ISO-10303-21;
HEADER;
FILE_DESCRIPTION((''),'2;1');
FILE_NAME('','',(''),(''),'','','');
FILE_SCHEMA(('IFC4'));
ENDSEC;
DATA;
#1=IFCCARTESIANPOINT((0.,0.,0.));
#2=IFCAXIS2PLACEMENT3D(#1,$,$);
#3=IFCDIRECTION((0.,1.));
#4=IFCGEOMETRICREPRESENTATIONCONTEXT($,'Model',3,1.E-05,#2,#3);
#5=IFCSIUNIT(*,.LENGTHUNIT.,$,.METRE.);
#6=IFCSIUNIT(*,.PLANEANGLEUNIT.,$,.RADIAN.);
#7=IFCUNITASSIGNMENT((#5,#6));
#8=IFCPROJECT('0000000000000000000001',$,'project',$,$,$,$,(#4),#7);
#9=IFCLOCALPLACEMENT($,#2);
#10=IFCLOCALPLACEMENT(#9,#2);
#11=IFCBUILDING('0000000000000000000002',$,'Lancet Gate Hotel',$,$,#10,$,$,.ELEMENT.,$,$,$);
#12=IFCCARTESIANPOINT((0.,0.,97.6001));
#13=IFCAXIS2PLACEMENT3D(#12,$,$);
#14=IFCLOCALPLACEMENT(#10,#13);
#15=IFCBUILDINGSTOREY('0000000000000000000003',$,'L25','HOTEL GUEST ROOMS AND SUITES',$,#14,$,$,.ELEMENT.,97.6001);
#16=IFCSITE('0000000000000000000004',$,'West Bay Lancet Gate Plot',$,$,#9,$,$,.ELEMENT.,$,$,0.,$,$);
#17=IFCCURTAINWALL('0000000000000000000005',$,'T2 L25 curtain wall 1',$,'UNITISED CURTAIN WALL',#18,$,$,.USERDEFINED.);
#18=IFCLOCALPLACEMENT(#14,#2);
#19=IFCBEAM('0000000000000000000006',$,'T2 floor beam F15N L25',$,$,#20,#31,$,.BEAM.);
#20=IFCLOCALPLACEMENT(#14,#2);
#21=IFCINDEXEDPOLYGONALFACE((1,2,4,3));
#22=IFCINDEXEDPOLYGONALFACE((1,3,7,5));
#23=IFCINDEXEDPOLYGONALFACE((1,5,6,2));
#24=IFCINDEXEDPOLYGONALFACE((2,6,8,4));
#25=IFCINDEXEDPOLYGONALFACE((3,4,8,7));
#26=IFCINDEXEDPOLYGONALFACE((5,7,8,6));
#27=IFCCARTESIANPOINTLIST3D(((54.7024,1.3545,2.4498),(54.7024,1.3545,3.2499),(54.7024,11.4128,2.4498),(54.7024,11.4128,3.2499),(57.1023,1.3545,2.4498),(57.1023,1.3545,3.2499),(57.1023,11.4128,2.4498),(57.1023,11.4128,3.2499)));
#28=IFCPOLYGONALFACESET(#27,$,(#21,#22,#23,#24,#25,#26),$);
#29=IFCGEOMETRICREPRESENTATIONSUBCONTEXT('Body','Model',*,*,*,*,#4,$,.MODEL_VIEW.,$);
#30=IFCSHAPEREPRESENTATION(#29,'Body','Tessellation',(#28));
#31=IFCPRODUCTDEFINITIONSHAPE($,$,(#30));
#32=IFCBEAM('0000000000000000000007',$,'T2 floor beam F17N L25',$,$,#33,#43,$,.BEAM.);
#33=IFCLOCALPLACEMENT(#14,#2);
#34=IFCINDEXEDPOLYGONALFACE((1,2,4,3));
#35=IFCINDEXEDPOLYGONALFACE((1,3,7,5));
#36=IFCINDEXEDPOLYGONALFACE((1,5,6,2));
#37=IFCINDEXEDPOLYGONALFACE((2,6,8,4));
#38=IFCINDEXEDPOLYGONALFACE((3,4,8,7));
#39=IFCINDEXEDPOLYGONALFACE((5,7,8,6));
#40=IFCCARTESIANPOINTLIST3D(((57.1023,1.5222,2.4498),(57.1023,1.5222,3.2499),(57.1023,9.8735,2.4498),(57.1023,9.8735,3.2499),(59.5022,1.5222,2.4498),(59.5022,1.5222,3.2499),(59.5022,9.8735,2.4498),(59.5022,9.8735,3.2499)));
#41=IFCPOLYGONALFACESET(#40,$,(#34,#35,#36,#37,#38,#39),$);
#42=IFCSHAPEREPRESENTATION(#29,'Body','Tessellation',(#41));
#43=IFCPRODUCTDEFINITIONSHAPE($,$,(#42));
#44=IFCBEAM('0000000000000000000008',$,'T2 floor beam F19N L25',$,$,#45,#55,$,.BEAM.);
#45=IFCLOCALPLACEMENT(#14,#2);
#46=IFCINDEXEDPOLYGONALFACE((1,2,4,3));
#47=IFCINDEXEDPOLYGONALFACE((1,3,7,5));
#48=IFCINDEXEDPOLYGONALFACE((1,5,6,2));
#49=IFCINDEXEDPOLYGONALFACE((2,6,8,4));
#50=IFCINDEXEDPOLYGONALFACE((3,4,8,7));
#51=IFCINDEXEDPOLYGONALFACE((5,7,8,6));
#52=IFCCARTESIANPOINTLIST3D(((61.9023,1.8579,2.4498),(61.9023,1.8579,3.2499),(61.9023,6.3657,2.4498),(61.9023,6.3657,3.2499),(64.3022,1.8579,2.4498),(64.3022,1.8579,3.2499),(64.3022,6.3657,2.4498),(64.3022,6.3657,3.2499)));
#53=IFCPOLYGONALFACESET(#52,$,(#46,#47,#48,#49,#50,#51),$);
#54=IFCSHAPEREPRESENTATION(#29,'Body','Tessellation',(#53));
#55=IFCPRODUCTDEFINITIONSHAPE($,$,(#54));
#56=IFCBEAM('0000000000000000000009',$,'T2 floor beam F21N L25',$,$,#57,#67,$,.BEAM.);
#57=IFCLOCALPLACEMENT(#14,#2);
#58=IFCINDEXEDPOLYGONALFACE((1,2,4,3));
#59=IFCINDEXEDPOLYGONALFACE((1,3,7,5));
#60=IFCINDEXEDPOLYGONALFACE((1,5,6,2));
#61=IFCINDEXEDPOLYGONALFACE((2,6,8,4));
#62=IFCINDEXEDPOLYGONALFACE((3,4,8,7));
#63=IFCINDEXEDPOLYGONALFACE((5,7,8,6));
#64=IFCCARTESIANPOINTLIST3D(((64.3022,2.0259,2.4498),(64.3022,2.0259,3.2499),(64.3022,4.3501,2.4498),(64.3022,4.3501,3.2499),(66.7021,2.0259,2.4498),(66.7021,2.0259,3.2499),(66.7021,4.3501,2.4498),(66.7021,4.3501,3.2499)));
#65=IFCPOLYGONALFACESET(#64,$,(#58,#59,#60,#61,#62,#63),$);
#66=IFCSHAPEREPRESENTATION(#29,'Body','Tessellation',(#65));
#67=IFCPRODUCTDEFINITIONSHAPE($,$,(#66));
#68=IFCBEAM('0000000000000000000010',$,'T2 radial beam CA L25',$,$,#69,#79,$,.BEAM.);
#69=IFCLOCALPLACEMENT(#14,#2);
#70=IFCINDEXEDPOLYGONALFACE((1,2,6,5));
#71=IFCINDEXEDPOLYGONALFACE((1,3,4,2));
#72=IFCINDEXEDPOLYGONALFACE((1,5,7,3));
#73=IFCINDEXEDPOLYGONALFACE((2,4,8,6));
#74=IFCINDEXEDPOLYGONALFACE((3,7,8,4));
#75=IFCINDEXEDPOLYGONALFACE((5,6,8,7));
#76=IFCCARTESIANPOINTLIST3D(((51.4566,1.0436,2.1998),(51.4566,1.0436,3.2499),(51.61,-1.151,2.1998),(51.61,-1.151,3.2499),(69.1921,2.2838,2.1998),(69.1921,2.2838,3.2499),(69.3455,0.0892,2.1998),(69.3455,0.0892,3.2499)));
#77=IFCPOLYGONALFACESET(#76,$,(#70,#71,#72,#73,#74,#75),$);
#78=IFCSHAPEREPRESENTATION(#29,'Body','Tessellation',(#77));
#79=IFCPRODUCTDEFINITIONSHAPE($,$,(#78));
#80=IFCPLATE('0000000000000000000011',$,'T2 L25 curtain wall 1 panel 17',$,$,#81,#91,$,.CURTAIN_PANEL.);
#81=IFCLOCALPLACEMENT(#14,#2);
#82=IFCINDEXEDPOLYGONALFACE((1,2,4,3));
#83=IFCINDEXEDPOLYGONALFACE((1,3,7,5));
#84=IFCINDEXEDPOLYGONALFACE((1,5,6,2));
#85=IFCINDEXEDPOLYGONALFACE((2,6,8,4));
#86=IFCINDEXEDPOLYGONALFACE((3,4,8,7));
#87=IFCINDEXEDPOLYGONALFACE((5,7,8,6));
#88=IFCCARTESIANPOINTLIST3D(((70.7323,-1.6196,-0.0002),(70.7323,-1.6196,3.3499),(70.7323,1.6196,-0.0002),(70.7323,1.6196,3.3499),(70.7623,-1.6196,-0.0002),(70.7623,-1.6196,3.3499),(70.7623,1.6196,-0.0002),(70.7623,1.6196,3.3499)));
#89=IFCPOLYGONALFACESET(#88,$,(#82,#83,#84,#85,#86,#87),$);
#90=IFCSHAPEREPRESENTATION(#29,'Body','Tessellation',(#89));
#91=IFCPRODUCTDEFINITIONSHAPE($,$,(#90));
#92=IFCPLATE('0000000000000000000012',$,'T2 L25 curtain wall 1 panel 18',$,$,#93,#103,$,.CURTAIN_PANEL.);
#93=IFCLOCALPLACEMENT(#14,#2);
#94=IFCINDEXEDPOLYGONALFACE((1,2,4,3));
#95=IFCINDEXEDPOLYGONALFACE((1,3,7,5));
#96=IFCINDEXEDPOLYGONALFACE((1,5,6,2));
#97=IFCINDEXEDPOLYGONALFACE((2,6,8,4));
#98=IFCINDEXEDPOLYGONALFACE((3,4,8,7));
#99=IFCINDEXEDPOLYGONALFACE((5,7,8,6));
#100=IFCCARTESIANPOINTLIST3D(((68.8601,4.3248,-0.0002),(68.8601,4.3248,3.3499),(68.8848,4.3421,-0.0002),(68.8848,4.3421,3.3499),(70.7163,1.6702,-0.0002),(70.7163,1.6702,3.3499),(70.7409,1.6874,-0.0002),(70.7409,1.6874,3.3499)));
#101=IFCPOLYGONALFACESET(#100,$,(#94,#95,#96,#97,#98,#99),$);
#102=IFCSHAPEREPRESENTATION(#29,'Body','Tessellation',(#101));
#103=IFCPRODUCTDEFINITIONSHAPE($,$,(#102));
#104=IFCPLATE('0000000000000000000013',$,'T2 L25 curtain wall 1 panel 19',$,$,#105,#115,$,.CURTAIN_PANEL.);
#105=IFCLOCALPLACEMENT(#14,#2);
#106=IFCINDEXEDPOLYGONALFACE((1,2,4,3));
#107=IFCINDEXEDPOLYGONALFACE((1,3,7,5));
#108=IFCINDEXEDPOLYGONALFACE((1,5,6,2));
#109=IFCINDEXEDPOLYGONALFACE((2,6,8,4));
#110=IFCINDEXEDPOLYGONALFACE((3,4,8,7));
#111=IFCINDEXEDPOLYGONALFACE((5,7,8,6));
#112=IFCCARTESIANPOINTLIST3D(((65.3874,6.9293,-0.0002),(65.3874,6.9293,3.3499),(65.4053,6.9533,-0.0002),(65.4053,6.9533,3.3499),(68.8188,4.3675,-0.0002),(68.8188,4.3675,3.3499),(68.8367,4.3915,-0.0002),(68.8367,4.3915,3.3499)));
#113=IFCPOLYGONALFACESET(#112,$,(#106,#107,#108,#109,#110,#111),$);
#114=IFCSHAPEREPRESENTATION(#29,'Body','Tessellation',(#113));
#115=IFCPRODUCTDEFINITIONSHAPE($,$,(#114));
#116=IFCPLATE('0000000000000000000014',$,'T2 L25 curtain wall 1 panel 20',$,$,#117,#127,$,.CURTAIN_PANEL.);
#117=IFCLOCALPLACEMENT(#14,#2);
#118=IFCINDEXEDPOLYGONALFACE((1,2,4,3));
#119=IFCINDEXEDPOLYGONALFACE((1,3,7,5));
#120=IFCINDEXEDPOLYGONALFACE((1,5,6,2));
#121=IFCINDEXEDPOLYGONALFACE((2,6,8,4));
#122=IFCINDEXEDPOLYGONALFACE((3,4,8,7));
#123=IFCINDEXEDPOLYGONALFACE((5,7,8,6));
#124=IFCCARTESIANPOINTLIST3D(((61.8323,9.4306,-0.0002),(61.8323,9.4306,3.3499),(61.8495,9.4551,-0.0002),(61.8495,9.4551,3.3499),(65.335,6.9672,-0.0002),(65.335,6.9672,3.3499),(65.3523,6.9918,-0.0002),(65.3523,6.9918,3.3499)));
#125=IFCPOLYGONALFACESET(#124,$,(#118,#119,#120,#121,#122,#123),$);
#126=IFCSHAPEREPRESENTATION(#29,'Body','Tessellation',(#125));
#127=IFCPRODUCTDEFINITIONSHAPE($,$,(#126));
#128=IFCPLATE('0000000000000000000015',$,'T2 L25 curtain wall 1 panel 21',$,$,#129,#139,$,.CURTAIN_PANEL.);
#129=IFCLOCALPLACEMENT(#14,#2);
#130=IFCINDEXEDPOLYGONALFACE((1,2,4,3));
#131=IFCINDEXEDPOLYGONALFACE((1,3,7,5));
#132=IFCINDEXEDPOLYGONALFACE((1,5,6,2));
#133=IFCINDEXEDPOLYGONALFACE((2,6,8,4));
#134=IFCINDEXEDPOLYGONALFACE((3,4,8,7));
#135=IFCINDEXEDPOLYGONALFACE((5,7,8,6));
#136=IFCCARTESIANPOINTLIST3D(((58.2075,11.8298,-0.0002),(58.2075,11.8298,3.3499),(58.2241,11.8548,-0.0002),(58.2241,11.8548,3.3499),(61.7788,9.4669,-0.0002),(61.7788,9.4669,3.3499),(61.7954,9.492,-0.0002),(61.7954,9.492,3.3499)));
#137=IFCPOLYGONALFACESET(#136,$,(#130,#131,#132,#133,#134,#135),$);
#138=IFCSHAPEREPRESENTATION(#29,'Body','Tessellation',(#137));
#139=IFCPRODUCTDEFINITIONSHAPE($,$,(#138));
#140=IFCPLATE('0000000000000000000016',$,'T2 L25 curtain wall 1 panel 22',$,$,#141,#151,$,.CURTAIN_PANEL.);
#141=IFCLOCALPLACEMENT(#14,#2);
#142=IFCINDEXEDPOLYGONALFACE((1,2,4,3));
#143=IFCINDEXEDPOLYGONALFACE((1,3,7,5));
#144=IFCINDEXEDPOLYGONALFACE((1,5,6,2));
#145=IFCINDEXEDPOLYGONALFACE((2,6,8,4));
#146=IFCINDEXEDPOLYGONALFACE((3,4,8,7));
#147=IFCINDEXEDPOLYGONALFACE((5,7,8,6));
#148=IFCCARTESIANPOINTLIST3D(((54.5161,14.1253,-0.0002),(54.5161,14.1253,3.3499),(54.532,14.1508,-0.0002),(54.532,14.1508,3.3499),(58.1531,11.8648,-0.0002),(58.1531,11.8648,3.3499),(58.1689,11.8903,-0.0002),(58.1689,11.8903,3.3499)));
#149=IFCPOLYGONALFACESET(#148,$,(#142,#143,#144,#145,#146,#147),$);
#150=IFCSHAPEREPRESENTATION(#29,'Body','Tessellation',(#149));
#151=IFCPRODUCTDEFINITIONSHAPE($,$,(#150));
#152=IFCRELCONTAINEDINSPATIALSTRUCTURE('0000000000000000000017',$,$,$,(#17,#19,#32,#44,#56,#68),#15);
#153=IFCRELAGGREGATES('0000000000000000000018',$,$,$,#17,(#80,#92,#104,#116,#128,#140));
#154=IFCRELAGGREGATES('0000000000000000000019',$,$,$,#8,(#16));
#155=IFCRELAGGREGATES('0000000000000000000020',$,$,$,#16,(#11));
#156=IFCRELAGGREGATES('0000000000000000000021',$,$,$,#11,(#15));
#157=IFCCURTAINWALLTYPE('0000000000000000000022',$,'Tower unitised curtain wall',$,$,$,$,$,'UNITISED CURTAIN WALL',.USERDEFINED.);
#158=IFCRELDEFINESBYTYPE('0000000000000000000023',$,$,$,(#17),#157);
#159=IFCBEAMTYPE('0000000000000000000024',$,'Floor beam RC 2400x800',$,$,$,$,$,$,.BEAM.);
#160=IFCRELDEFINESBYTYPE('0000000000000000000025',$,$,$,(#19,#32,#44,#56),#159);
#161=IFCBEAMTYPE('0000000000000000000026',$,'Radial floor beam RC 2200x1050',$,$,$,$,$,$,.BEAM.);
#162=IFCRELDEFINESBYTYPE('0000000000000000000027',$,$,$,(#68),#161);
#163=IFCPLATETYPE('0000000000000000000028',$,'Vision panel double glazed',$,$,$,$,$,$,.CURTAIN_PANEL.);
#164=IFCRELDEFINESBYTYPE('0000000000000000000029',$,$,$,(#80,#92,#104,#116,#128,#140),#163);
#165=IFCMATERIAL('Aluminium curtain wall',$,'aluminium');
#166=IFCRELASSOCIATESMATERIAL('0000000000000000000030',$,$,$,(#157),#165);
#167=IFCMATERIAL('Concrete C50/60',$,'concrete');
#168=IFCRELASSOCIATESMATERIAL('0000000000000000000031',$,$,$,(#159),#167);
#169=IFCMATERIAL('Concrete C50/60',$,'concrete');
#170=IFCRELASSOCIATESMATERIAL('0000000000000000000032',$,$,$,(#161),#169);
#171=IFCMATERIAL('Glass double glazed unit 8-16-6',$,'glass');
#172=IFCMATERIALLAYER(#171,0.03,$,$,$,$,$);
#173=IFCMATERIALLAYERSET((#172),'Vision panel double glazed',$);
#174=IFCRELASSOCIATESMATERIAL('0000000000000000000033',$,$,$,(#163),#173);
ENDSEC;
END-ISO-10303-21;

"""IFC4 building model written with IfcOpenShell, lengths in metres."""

from ifc_helpers import new_model, si_unit, direction, frame, origin, origin_2d, place, context, subcontext, project, spatial, rectangle, extrude, material, layer, layer_set, material_profile, profile_set, type_object, element, aggregate, save


model = new_model("IFC4")

# Units and contexts
model_context = context("Model", 3, precision=1e-05, world=origin(), true_north=direction((0.0, 1.0)))
body_context = subcontext(model_context, "Body", "Model", "MODEL_VIEW")
ifc_project = project(units=[si_unit("LENGTHUNIT", "METRE"), si_unit("PLANEANGLEUNIT", "RADIAN")], contexts=[model_context])

# Site, building, storey
site_placement = place(None, origin())
site = spatial("IfcSite", under=ifc_project, at=site_placement, Name="West Bay Lancet Gate Plot", CompositionType="ELEMENT", RefElevation=0.0)
building_placement = place(site_placement, origin())
building = spatial("IfcBuilding", under=site, at=building_placement, Name="Lancet Gate Hotel", CompositionType="ELEMENT")
storey_placement = place(building_placement, frame((0.0, 0.0, 97.6001)))
storey = spatial("IfcBuildingStorey", under=building, at=storey_placement, Name="L25", Description="HOTEL GUEST ROOMS AND SUITES", CompositionType="ELEMENT", Elevation=97.6001)

# Curtain wall
ifc_material_1 = material(Name="Aluminium curtain wall", Category="aluminium")
curtain_wall_type = type_object("IfcCurtainWallType", Name="Tower unitised curtain wall", ElementType="UNITISED CURTAIN WALL", PredefinedType="USERDEFINED", material=ifc_material_1)
curtain_wall_placement = place(storey_placement, origin())
curtain_wall = element("IfcCurtainWall", 1, at=curtain_wall_placement, inside=storey, type_object=curtain_wall_type, Name="T2 L25 curtain wall 1", ObjectType="UNITISED CURTAIN WALL", PredefinedType="USERDEFINED")

# Beams
ifc_material_2 = material(Name="Concrete C50/60", Category="concrete")
ifc_material_profile_1 = material_profile(ifc_material_2, rectangle(XDim=2.3999, YDim=0.8, at=origin_2d()), Name="RC 2400x800")
ifc_profile_set_1 = profile_set([ifc_material_profile_1], Name="Concrete C50/60")
beam_type_1 = type_object("IfcBeamType", Name="Floor beam RC 2400x800", PredefinedType="BEAM", material=ifc_profile_set_1)
beam_1_placement = place(storey_placement, frame((55.9023, 1.3545, 2.8499), z_axis=(0.0, 1.0, 0.0), x_axis=(-1.0, 0.0, 0.0)))
element("IfcBeam", 2, at=beam_1_placement, inside=storey, type_object=beam_type_1, Name="T2 floor beam F15N L25", PredefinedType="BEAM", context=body_context, shape_type="SweptSolid", body=[
    extrude(rectangle(XDim=2.3999, YDim=0.8, at=origin_2d()), origin(), (0.0, 0.0, 1.0), 10.0583),
])
beam_2_placement = place(storey_placement, frame((58.3022, 1.5222, 2.8499), z_axis=(0.0, 1.0, 0.0), x_axis=(-1.0, 0.0, 0.0)))
element("IfcBeam", 3, at=beam_2_placement, inside=storey, type_object=beam_type_1, Name="T2 floor beam F17N L25", PredefinedType="BEAM", context=body_context, shape_type="SweptSolid", body=[
    extrude(rectangle(XDim=2.3999, YDim=0.8, at=origin_2d()), origin(), (0.0, 0.0, 1.0), 8.3513),
])
beam_3_placement = place(storey_placement, frame((63.1023, 1.8579, 2.8499), z_axis=(0.0, 1.0, 0.0), x_axis=(-1.0, 0.0, 0.0)))
element("IfcBeam", 4, at=beam_3_placement, inside=storey, type_object=beam_type_1, Name="T2 floor beam F19N L25", PredefinedType="BEAM", context=body_context, shape_type="SweptSolid", body=[
    extrude(rectangle(XDim=2.3999, YDim=0.8, at=origin_2d()), origin(), (0.0, 0.0, 1.0), 4.5078),
])
beam_4_placement = place(storey_placement, frame((65.5022, 2.0259, 2.8499), z_axis=(0.0, 1.0, 0.0), x_axis=(-1.0, 0.0, 0.0)))
element("IfcBeam", 5, at=beam_4_placement, inside=storey, type_object=beam_type_1, Name="T2 floor beam F21N L25", PredefinedType="BEAM", context=body_context, shape_type="SweptSolid", body=[
    extrude(rectangle(XDim=2.3999, YDim=0.8, at=origin_2d()), origin(), (0.0, 0.0, 1.0), 2.3242),
])
ifc_material_3 = material(Name="Concrete C50/60", Category="concrete")
ifc_material_profile_2 = material_profile(ifc_material_3, rectangle(XDim=2.2, YDim=1.05, at=origin_2d()), Name="RC 2200x1050")
ifc_profile_set_2 = profile_set([ifc_material_profile_2], Name="Concrete C50/60")
beam_type_2 = type_object("IfcBeamType", Name="Radial floor beam RC 2200x1050", PredefinedType="BEAM", material=ifc_profile_set_2)
beam_5_placement = place(storey_placement, frame((69.2688, 1.1865, 2.7249), z_axis=(-0.997564, -0.069759, 0.0), x_axis=(0.069759, -0.997564, 0.0)))
element("IfcBeam", 6, at=beam_5_placement, inside=storey, type_object=beam_type_2, Name="T2 radial beam CA L25", PredefinedType="BEAM", context=body_context, shape_type="SweptSolid", body=[
    extrude(rectangle(XDim=2.2, YDim=1.05, at=origin_2d()), origin(), (0.0, 0.0, 1.0), 17.7788),
])

# Plates
ifc_material_4 = material(Name="Glass double glazed unit 8-16-6", Category="glass")
ifc_layer = layer(ifc_material_4, 0.03)
ifc_layer_set = layer_set([ifc_layer], Name="Vision panel double glazed")
plate_type = type_object("IfcPlateType", Name="Vision panel double glazed", PredefinedType="CURTAIN_PANEL", material=ifc_layer_set)
plate_1_placement = place(storey_placement, frame((70.7473, 0.0, -0.0002), z_axis=(0.0, 0.0, 1.0), x_axis=(0.0, 1.0, 0.0)))
plate_1 = element("IfcPlate", 7, at=plate_1_placement, type_object=plate_type, Name="T2 L25 curtain wall 1 panel 17", PredefinedType="CURTAIN_PANEL", context=body_context, shape_type="SweptSolid", body=[
    extrude(rectangle(XDim=3.2393, YDim=0.03, at=origin_2d()), origin(), (0.0, 0.0, 1.0), 3.3501),
])
plate_2_placement = place(storey_placement, frame((69.8005, 3.0061, -0.0002), z_axis=(0.0, 0.0, 1.0), x_axis=(-0.573025, 0.819538, 0.0)))
plate_2 = element("IfcPlate", 8, at=plate_2_placement, type_object=plate_type, Name="T2 L25 curtain wall 1 panel 18", PredefinedType="CURTAIN_PANEL", context=body_context, shape_type="SweptSolid", body=[
    extrude(rectangle(XDim=3.2393, YDim=0.03, at=origin_2d()), origin(), (0.0, 0.0, 1.0), 3.3501),
])
plate_3_placement = place(storey_placement, frame((67.1121, 5.6604, -0.0002), z_axis=(0.0, 0.0, 1.0), x_axis=(-0.801314, 0.598244, 0.0)))
plate_3 = element("IfcPlate", 9, at=plate_3_placement, type_object=plate_type, Name="T2 L25 curtain wall 1 panel 19", PredefinedType="CURTAIN_PANEL", context=body_context, shape_type="SweptSolid", body=[
    extrude(rectangle(XDim=4.2822, YDim=0.03, at=origin_2d()), origin(), (0.0, 0.0, 1.0), 3.3501),
])
plate_4_placement = place(storey_placement, frame((63.5923, 8.2112, -0.0002), z_axis=(0.0, 0.0, 1.0), x_axis=(-0.817979, 0.575247, 0.0)))
plate_4 = element("IfcPlate", 10, at=plate_4_placement, type_object=plate_type, Name="T2 L25 curtain wall 1 panel 20", PredefinedType="CURTAIN_PANEL", context=body_context, shape_type="SweptSolid", body=[
    extrude(rectangle(XDim=4.2822, YDim=0.03, at=origin_2d()), origin(), (0.0, 0.0, 1.0), 3.3501),
])
plate_5_placement = place(storey_placement, frame((60.0015, 10.6609, -0.0002), z_axis=(0.0, 0.0, 1.0), x_axis=(-0.833985, 0.551787, 0.0)))
plate_5 = element("IfcPlate", 11, at=plate_5_placement, type_object=plate_type, Name="T2 L25 curtain wall 1 panel 21", PredefinedType="CURTAIN_PANEL", context=body_context, shape_type="SweptSolid", body=[
    extrude(rectangle(XDim=4.2822, YDim=0.03, at=origin_2d()), origin(), (0.0, 0.0, 1.0), 3.3501),
])
plate_6_placement = place(storey_placement, frame((56.3425, 13.0078, -0.0002), z_axis=(0.0, 0.0, 1.0), x_axis=(-0.849318, 0.527882, 0.0)))
plate_6 = element("IfcPlate", 12, at=plate_6_placement, type_object=plate_type, Name="T2 L25 curtain wall 1 panel 22", PredefinedType="CURTAIN_PANEL", context=body_context, shape_type="SweptSolid", body=[
    extrude(rectangle(XDim=4.2822, YDim=0.03, at=origin_2d()), origin(), (0.0, 0.0, 1.0), 3.3501),
])
aggregate(curtain_wall, [plate_1, plate_2, plate_3, plate_4, plate_5, plate_6])

save(model, "model.ifc")
